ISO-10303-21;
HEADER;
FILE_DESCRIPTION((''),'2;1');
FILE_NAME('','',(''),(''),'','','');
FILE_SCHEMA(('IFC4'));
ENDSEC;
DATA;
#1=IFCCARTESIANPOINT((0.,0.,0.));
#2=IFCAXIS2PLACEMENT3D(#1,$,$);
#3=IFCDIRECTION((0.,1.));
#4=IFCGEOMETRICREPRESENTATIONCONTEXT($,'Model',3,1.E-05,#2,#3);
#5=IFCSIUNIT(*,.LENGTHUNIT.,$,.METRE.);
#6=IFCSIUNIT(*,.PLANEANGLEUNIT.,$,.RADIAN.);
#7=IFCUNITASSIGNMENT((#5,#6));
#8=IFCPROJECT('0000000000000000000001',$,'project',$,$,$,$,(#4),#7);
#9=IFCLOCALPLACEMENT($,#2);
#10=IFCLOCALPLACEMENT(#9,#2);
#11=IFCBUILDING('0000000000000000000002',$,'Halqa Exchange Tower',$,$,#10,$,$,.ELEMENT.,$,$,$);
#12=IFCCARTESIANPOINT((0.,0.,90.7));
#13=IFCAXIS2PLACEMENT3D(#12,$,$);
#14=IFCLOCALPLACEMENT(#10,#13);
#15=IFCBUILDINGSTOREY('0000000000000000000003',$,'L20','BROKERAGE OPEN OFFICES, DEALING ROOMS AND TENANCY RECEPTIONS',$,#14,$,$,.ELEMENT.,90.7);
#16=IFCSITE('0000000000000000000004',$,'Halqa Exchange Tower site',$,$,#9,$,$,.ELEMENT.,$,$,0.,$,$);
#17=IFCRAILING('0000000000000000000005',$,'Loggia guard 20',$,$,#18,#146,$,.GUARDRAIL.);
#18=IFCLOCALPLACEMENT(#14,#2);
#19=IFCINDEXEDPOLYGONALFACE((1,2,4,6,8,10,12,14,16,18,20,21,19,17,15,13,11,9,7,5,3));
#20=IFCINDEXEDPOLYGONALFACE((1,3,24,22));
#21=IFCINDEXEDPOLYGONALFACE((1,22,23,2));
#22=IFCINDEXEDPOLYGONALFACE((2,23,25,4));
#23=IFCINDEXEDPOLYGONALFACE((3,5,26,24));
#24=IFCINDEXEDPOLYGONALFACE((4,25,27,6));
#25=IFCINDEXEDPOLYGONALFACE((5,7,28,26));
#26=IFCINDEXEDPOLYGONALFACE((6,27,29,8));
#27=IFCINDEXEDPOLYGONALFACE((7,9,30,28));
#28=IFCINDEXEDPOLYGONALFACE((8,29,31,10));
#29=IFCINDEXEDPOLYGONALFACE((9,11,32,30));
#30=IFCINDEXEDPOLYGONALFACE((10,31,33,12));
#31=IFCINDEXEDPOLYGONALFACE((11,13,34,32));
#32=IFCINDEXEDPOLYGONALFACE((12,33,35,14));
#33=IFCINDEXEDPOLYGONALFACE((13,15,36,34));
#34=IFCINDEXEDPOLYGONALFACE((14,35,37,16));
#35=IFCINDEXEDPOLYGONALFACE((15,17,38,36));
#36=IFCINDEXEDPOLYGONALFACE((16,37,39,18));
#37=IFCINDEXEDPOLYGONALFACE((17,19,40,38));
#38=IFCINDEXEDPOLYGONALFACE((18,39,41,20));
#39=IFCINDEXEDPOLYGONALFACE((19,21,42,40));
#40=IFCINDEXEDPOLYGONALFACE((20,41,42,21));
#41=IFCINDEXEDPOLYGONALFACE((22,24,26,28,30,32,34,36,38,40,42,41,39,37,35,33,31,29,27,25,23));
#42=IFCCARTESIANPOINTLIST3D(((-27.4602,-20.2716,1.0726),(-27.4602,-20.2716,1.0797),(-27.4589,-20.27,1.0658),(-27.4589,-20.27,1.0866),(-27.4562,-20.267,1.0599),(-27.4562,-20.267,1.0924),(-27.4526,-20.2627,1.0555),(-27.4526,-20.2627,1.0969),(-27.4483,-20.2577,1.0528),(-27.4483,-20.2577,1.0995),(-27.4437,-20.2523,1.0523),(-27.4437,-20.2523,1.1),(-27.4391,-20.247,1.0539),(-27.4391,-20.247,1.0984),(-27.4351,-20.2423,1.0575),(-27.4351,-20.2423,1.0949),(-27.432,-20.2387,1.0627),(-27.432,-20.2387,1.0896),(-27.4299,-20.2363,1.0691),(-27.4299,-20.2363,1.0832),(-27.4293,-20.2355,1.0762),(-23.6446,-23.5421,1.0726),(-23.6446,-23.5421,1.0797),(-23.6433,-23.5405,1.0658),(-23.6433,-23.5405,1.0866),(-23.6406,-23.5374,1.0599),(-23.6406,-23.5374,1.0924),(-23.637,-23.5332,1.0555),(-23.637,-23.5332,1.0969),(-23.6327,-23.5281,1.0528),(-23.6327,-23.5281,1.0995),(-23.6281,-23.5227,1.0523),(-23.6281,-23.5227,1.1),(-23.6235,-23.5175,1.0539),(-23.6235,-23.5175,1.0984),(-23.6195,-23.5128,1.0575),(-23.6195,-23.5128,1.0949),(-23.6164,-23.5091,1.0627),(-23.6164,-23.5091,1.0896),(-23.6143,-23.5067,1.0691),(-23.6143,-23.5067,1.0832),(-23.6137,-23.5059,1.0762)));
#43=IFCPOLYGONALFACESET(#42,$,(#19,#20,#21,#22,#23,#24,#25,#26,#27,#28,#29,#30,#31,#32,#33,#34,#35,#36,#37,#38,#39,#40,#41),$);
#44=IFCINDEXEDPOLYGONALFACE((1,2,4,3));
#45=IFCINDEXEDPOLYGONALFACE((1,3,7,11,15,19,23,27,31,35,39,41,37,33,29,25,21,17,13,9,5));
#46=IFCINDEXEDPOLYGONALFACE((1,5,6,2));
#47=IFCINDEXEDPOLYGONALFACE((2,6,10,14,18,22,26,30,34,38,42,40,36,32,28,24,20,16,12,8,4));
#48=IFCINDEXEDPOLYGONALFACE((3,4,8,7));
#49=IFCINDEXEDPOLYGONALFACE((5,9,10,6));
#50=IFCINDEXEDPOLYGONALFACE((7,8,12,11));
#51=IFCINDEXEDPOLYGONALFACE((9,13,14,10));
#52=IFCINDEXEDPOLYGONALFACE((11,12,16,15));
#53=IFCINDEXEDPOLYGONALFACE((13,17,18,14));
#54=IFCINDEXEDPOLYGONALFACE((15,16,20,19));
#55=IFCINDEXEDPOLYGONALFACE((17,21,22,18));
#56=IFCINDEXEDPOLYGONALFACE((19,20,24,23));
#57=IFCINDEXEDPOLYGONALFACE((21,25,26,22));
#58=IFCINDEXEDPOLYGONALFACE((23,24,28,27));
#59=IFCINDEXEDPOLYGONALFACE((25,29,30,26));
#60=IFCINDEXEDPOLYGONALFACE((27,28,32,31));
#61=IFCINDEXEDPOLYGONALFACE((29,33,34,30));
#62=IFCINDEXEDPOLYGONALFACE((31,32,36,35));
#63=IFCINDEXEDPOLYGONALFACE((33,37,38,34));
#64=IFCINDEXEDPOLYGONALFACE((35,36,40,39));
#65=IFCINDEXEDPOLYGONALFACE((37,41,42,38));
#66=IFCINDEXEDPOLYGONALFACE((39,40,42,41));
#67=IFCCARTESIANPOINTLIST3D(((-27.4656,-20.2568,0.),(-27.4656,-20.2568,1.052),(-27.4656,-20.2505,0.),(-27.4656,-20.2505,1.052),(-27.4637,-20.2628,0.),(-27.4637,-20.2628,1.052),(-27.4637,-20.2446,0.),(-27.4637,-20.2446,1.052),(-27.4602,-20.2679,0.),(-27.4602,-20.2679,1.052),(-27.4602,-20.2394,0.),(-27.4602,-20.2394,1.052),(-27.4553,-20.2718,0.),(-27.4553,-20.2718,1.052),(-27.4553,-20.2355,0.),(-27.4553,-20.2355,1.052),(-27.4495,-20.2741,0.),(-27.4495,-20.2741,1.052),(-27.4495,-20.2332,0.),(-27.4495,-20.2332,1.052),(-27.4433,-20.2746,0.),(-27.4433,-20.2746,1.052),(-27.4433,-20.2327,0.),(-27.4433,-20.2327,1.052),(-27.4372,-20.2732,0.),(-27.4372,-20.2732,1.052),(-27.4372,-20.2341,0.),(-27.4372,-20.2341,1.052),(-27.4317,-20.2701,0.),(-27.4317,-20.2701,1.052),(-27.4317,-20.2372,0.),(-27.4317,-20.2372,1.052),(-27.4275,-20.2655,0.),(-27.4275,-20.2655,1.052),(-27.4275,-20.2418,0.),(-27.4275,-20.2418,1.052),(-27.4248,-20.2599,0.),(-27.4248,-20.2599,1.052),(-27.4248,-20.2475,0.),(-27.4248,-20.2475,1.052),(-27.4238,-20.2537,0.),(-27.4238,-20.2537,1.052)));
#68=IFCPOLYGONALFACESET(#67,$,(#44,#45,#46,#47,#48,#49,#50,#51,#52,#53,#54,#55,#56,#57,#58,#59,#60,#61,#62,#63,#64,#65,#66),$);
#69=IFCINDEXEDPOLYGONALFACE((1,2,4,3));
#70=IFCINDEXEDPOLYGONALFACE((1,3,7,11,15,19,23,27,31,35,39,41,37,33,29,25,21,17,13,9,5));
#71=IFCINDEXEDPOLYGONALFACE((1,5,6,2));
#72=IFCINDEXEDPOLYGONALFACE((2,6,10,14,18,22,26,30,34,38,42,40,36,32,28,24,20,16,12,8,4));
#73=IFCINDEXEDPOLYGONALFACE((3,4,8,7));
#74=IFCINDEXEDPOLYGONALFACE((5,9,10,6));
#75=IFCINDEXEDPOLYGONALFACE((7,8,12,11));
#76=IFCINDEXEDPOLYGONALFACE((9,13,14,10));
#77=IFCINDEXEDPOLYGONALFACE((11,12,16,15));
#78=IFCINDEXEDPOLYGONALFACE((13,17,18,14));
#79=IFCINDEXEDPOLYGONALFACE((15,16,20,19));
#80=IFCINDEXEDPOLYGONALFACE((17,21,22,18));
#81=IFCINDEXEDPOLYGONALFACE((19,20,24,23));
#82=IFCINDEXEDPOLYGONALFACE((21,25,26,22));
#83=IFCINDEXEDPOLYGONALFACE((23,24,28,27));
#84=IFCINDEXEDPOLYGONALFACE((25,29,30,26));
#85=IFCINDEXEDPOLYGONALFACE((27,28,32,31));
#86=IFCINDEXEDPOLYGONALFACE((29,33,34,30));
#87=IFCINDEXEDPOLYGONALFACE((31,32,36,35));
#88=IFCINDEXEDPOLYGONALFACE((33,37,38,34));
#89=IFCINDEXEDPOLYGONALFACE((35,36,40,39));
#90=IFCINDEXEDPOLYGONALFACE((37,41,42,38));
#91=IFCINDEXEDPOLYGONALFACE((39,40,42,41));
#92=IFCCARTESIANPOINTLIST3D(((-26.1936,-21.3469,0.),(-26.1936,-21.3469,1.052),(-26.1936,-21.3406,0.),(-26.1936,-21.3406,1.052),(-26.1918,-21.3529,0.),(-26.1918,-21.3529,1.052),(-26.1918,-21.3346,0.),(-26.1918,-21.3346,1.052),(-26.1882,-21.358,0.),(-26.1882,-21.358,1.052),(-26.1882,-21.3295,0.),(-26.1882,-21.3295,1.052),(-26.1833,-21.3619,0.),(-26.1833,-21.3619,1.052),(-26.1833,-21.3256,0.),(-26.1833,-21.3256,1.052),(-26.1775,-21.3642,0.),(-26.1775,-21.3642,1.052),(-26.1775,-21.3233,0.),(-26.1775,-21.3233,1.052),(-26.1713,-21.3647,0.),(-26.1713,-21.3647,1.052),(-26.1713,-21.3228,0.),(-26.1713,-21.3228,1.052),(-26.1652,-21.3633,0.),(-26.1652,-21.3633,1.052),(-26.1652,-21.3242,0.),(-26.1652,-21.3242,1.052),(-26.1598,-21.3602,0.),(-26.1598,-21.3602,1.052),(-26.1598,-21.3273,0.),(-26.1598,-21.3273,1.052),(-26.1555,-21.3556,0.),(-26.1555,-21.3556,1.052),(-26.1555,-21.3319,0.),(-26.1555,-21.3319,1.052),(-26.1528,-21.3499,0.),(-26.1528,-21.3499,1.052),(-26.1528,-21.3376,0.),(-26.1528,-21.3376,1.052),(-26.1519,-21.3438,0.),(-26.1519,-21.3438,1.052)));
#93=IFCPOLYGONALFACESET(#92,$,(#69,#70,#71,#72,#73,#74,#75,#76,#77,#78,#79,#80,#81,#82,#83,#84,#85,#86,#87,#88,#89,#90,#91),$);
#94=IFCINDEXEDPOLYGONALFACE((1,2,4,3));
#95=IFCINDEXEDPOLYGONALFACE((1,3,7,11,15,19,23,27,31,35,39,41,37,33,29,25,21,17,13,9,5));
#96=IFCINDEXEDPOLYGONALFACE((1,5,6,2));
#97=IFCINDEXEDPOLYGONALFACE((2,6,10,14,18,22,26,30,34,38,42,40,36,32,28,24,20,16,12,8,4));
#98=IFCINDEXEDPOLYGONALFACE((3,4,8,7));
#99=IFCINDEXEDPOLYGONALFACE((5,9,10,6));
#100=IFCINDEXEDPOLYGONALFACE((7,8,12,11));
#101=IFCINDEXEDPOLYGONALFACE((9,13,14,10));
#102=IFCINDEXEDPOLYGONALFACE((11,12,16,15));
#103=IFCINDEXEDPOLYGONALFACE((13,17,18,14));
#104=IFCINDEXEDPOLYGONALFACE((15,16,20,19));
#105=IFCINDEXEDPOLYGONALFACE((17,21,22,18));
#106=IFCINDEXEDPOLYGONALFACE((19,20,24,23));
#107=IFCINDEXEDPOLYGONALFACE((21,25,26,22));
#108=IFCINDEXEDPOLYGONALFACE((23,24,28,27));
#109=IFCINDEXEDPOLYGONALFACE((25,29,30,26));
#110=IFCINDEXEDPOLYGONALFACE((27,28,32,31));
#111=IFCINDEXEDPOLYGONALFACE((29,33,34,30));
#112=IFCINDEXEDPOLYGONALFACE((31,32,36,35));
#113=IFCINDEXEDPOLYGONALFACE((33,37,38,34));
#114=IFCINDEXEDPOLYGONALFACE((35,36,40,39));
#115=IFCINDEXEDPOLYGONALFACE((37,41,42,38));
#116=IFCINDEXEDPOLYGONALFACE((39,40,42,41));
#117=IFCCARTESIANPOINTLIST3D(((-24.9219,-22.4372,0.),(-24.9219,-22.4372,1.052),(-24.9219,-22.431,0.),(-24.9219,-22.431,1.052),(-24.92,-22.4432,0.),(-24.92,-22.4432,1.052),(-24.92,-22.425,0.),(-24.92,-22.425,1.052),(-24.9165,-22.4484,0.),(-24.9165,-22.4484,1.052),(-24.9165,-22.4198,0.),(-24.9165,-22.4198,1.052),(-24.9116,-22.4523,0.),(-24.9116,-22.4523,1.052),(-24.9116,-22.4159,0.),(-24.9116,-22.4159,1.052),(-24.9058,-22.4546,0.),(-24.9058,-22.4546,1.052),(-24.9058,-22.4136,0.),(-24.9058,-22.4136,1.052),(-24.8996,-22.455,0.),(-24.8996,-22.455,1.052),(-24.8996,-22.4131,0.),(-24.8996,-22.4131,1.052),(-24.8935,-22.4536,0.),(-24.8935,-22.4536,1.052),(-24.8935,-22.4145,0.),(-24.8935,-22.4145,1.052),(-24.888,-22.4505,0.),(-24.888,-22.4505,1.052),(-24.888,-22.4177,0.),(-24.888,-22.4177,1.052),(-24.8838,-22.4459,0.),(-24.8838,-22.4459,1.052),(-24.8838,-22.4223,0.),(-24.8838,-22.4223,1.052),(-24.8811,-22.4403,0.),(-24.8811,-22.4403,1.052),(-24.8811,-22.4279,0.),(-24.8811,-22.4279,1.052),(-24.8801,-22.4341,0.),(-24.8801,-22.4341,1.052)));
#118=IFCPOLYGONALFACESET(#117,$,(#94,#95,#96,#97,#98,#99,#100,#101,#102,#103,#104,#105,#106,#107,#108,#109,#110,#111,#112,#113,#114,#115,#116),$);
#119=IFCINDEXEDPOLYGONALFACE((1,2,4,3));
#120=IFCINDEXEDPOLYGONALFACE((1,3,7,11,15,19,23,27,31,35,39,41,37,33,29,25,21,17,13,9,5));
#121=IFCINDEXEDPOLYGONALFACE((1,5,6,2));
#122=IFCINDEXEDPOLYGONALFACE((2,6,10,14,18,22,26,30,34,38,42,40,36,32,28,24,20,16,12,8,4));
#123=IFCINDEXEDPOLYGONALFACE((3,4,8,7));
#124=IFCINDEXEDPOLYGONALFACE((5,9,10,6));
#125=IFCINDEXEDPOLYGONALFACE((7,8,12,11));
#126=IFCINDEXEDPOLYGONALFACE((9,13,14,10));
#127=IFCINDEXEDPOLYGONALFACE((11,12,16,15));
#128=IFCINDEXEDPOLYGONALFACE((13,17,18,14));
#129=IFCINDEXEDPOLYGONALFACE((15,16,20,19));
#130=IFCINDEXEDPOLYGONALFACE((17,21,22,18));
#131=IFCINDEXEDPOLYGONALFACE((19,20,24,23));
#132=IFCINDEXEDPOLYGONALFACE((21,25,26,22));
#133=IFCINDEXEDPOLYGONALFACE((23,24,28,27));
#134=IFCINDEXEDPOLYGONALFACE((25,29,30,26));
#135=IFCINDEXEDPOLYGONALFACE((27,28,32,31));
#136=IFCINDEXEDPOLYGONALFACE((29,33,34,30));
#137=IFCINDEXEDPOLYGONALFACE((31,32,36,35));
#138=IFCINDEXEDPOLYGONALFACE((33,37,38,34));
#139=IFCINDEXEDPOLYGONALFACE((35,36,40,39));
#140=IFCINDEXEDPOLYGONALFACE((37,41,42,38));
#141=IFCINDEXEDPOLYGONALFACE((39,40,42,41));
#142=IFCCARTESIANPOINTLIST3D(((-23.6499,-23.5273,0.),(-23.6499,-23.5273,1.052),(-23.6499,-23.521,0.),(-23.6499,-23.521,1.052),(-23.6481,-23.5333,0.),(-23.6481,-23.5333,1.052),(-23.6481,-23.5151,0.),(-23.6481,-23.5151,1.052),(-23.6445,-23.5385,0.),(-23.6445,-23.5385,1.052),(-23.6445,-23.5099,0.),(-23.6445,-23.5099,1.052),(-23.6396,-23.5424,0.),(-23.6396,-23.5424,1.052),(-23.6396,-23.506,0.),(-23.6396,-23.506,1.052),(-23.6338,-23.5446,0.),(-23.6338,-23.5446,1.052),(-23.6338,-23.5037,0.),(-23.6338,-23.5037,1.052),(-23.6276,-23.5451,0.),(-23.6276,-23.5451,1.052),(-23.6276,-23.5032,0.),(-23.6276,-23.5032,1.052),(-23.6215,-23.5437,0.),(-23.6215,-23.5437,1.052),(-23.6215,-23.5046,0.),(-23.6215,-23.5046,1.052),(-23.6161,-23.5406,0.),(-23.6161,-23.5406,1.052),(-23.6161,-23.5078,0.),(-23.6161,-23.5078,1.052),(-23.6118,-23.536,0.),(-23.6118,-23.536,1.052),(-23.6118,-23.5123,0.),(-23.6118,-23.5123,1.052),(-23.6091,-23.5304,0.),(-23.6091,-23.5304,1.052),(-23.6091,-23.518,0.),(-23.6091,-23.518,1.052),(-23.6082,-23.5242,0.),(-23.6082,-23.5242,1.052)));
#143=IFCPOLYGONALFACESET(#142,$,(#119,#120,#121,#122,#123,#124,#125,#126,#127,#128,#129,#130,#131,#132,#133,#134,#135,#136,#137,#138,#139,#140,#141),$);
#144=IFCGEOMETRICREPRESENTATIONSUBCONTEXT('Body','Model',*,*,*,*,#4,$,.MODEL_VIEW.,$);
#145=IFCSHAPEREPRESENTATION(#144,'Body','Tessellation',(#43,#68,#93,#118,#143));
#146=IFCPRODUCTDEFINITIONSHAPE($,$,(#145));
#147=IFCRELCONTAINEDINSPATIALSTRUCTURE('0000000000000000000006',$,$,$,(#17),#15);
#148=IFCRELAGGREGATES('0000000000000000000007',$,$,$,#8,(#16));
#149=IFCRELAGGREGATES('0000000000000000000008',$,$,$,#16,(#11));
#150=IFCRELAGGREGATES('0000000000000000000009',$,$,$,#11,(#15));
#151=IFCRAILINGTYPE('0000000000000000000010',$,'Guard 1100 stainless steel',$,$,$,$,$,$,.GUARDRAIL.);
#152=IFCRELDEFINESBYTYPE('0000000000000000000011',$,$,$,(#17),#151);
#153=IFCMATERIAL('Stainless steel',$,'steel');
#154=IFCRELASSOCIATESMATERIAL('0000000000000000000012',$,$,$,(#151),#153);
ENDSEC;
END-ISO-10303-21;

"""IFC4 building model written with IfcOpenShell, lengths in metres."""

from ifc_helpers import new_model, si_unit, direction, frame, origin, origin_2d, place, context, subcontext, project, spatial, circle, extrude, material, type_object, element, save


model = new_model("IFC4")

# Units and contexts
model_context = context("Model", 3, precision=1e-05, world=origin(), true_north=direction((0.0, 1.0)))
body_context = subcontext(model_context, "Body", "Model", "MODEL_VIEW")
ifc_project = project(units=[si_unit("LENGTHUNIT", "METRE"), si_unit("PLANEANGLEUNIT", "RADIAN")], contexts=[model_context])

# Site, building, storey
site_placement = place(None, origin())
site = spatial("IfcSite", under=ifc_project, at=site_placement, Name="Halqa Exchange Tower site", CompositionType="ELEMENT", RefElevation=0.0)
building_placement = place(site_placement, origin())
building = spatial("IfcBuilding", under=site, at=building_placement, Name="Halqa Exchange Tower", CompositionType="ELEMENT")
storey_placement = place(building_placement, frame((0.0, 0.0, 90.7)))
storey = spatial("IfcBuildingStorey", under=building, at=storey_placement, Name="L20", Description="BROKERAGE OPEN OFFICES, DEALING ROOMS AND TENANCY RECEPTIONS", CompositionType="ELEMENT", Elevation=90.7)

# Railing
ifc_material_1 = material(Name="Stainless steel", Category="steel")
railing_type = type_object("IfcRailingType", Name="Guard 1100 stainless steel", PredefinedType="GUARDRAIL", material=ifc_material_1)
railing_1_placement = place(storey_placement, frame((-27.4448, -20.2537, 0.0)))
element("IfcRailing", 1, at=railing_1_placement, inside=storey, type_object=railing_type, Name="Loggia guard 20", PredefinedType="GUARDRAIL", context=body_context, shape_type="SweptSolid", body=[
    extrude(circle(Radius=0.0239, at=origin_2d()), frame((0.0, 0.0, 1.0762), z_axis=(0.759263, -0.650783, 0.0), x_axis=(0.650783, 0.759263, 0.0)), (0.0, 0.0, 1.0), 5.0254),
    extrude(circle(Radius=0.021, at=origin_2d()), origin(), (0.0, 0.0, 1.0), 1.052),
    extrude(circle(Radius=0.021, at=origin_2d()), frame((1.272, -1.0901, 0.0)), (0.0, 0.0, 1.0), 1.052),
    extrude(circle(Radius=0.021, at=origin_2d()), frame((2.5437, -2.1804, 0.0)), (0.0, 0.0, 1.0), 1.052),
    extrude(circle(Radius=0.021, at=origin_2d()), frame((3.8157, -3.2705, 0.0)), (0.0, 0.0, 1.0), 1.052),
])

save(model, "model.ifc")
